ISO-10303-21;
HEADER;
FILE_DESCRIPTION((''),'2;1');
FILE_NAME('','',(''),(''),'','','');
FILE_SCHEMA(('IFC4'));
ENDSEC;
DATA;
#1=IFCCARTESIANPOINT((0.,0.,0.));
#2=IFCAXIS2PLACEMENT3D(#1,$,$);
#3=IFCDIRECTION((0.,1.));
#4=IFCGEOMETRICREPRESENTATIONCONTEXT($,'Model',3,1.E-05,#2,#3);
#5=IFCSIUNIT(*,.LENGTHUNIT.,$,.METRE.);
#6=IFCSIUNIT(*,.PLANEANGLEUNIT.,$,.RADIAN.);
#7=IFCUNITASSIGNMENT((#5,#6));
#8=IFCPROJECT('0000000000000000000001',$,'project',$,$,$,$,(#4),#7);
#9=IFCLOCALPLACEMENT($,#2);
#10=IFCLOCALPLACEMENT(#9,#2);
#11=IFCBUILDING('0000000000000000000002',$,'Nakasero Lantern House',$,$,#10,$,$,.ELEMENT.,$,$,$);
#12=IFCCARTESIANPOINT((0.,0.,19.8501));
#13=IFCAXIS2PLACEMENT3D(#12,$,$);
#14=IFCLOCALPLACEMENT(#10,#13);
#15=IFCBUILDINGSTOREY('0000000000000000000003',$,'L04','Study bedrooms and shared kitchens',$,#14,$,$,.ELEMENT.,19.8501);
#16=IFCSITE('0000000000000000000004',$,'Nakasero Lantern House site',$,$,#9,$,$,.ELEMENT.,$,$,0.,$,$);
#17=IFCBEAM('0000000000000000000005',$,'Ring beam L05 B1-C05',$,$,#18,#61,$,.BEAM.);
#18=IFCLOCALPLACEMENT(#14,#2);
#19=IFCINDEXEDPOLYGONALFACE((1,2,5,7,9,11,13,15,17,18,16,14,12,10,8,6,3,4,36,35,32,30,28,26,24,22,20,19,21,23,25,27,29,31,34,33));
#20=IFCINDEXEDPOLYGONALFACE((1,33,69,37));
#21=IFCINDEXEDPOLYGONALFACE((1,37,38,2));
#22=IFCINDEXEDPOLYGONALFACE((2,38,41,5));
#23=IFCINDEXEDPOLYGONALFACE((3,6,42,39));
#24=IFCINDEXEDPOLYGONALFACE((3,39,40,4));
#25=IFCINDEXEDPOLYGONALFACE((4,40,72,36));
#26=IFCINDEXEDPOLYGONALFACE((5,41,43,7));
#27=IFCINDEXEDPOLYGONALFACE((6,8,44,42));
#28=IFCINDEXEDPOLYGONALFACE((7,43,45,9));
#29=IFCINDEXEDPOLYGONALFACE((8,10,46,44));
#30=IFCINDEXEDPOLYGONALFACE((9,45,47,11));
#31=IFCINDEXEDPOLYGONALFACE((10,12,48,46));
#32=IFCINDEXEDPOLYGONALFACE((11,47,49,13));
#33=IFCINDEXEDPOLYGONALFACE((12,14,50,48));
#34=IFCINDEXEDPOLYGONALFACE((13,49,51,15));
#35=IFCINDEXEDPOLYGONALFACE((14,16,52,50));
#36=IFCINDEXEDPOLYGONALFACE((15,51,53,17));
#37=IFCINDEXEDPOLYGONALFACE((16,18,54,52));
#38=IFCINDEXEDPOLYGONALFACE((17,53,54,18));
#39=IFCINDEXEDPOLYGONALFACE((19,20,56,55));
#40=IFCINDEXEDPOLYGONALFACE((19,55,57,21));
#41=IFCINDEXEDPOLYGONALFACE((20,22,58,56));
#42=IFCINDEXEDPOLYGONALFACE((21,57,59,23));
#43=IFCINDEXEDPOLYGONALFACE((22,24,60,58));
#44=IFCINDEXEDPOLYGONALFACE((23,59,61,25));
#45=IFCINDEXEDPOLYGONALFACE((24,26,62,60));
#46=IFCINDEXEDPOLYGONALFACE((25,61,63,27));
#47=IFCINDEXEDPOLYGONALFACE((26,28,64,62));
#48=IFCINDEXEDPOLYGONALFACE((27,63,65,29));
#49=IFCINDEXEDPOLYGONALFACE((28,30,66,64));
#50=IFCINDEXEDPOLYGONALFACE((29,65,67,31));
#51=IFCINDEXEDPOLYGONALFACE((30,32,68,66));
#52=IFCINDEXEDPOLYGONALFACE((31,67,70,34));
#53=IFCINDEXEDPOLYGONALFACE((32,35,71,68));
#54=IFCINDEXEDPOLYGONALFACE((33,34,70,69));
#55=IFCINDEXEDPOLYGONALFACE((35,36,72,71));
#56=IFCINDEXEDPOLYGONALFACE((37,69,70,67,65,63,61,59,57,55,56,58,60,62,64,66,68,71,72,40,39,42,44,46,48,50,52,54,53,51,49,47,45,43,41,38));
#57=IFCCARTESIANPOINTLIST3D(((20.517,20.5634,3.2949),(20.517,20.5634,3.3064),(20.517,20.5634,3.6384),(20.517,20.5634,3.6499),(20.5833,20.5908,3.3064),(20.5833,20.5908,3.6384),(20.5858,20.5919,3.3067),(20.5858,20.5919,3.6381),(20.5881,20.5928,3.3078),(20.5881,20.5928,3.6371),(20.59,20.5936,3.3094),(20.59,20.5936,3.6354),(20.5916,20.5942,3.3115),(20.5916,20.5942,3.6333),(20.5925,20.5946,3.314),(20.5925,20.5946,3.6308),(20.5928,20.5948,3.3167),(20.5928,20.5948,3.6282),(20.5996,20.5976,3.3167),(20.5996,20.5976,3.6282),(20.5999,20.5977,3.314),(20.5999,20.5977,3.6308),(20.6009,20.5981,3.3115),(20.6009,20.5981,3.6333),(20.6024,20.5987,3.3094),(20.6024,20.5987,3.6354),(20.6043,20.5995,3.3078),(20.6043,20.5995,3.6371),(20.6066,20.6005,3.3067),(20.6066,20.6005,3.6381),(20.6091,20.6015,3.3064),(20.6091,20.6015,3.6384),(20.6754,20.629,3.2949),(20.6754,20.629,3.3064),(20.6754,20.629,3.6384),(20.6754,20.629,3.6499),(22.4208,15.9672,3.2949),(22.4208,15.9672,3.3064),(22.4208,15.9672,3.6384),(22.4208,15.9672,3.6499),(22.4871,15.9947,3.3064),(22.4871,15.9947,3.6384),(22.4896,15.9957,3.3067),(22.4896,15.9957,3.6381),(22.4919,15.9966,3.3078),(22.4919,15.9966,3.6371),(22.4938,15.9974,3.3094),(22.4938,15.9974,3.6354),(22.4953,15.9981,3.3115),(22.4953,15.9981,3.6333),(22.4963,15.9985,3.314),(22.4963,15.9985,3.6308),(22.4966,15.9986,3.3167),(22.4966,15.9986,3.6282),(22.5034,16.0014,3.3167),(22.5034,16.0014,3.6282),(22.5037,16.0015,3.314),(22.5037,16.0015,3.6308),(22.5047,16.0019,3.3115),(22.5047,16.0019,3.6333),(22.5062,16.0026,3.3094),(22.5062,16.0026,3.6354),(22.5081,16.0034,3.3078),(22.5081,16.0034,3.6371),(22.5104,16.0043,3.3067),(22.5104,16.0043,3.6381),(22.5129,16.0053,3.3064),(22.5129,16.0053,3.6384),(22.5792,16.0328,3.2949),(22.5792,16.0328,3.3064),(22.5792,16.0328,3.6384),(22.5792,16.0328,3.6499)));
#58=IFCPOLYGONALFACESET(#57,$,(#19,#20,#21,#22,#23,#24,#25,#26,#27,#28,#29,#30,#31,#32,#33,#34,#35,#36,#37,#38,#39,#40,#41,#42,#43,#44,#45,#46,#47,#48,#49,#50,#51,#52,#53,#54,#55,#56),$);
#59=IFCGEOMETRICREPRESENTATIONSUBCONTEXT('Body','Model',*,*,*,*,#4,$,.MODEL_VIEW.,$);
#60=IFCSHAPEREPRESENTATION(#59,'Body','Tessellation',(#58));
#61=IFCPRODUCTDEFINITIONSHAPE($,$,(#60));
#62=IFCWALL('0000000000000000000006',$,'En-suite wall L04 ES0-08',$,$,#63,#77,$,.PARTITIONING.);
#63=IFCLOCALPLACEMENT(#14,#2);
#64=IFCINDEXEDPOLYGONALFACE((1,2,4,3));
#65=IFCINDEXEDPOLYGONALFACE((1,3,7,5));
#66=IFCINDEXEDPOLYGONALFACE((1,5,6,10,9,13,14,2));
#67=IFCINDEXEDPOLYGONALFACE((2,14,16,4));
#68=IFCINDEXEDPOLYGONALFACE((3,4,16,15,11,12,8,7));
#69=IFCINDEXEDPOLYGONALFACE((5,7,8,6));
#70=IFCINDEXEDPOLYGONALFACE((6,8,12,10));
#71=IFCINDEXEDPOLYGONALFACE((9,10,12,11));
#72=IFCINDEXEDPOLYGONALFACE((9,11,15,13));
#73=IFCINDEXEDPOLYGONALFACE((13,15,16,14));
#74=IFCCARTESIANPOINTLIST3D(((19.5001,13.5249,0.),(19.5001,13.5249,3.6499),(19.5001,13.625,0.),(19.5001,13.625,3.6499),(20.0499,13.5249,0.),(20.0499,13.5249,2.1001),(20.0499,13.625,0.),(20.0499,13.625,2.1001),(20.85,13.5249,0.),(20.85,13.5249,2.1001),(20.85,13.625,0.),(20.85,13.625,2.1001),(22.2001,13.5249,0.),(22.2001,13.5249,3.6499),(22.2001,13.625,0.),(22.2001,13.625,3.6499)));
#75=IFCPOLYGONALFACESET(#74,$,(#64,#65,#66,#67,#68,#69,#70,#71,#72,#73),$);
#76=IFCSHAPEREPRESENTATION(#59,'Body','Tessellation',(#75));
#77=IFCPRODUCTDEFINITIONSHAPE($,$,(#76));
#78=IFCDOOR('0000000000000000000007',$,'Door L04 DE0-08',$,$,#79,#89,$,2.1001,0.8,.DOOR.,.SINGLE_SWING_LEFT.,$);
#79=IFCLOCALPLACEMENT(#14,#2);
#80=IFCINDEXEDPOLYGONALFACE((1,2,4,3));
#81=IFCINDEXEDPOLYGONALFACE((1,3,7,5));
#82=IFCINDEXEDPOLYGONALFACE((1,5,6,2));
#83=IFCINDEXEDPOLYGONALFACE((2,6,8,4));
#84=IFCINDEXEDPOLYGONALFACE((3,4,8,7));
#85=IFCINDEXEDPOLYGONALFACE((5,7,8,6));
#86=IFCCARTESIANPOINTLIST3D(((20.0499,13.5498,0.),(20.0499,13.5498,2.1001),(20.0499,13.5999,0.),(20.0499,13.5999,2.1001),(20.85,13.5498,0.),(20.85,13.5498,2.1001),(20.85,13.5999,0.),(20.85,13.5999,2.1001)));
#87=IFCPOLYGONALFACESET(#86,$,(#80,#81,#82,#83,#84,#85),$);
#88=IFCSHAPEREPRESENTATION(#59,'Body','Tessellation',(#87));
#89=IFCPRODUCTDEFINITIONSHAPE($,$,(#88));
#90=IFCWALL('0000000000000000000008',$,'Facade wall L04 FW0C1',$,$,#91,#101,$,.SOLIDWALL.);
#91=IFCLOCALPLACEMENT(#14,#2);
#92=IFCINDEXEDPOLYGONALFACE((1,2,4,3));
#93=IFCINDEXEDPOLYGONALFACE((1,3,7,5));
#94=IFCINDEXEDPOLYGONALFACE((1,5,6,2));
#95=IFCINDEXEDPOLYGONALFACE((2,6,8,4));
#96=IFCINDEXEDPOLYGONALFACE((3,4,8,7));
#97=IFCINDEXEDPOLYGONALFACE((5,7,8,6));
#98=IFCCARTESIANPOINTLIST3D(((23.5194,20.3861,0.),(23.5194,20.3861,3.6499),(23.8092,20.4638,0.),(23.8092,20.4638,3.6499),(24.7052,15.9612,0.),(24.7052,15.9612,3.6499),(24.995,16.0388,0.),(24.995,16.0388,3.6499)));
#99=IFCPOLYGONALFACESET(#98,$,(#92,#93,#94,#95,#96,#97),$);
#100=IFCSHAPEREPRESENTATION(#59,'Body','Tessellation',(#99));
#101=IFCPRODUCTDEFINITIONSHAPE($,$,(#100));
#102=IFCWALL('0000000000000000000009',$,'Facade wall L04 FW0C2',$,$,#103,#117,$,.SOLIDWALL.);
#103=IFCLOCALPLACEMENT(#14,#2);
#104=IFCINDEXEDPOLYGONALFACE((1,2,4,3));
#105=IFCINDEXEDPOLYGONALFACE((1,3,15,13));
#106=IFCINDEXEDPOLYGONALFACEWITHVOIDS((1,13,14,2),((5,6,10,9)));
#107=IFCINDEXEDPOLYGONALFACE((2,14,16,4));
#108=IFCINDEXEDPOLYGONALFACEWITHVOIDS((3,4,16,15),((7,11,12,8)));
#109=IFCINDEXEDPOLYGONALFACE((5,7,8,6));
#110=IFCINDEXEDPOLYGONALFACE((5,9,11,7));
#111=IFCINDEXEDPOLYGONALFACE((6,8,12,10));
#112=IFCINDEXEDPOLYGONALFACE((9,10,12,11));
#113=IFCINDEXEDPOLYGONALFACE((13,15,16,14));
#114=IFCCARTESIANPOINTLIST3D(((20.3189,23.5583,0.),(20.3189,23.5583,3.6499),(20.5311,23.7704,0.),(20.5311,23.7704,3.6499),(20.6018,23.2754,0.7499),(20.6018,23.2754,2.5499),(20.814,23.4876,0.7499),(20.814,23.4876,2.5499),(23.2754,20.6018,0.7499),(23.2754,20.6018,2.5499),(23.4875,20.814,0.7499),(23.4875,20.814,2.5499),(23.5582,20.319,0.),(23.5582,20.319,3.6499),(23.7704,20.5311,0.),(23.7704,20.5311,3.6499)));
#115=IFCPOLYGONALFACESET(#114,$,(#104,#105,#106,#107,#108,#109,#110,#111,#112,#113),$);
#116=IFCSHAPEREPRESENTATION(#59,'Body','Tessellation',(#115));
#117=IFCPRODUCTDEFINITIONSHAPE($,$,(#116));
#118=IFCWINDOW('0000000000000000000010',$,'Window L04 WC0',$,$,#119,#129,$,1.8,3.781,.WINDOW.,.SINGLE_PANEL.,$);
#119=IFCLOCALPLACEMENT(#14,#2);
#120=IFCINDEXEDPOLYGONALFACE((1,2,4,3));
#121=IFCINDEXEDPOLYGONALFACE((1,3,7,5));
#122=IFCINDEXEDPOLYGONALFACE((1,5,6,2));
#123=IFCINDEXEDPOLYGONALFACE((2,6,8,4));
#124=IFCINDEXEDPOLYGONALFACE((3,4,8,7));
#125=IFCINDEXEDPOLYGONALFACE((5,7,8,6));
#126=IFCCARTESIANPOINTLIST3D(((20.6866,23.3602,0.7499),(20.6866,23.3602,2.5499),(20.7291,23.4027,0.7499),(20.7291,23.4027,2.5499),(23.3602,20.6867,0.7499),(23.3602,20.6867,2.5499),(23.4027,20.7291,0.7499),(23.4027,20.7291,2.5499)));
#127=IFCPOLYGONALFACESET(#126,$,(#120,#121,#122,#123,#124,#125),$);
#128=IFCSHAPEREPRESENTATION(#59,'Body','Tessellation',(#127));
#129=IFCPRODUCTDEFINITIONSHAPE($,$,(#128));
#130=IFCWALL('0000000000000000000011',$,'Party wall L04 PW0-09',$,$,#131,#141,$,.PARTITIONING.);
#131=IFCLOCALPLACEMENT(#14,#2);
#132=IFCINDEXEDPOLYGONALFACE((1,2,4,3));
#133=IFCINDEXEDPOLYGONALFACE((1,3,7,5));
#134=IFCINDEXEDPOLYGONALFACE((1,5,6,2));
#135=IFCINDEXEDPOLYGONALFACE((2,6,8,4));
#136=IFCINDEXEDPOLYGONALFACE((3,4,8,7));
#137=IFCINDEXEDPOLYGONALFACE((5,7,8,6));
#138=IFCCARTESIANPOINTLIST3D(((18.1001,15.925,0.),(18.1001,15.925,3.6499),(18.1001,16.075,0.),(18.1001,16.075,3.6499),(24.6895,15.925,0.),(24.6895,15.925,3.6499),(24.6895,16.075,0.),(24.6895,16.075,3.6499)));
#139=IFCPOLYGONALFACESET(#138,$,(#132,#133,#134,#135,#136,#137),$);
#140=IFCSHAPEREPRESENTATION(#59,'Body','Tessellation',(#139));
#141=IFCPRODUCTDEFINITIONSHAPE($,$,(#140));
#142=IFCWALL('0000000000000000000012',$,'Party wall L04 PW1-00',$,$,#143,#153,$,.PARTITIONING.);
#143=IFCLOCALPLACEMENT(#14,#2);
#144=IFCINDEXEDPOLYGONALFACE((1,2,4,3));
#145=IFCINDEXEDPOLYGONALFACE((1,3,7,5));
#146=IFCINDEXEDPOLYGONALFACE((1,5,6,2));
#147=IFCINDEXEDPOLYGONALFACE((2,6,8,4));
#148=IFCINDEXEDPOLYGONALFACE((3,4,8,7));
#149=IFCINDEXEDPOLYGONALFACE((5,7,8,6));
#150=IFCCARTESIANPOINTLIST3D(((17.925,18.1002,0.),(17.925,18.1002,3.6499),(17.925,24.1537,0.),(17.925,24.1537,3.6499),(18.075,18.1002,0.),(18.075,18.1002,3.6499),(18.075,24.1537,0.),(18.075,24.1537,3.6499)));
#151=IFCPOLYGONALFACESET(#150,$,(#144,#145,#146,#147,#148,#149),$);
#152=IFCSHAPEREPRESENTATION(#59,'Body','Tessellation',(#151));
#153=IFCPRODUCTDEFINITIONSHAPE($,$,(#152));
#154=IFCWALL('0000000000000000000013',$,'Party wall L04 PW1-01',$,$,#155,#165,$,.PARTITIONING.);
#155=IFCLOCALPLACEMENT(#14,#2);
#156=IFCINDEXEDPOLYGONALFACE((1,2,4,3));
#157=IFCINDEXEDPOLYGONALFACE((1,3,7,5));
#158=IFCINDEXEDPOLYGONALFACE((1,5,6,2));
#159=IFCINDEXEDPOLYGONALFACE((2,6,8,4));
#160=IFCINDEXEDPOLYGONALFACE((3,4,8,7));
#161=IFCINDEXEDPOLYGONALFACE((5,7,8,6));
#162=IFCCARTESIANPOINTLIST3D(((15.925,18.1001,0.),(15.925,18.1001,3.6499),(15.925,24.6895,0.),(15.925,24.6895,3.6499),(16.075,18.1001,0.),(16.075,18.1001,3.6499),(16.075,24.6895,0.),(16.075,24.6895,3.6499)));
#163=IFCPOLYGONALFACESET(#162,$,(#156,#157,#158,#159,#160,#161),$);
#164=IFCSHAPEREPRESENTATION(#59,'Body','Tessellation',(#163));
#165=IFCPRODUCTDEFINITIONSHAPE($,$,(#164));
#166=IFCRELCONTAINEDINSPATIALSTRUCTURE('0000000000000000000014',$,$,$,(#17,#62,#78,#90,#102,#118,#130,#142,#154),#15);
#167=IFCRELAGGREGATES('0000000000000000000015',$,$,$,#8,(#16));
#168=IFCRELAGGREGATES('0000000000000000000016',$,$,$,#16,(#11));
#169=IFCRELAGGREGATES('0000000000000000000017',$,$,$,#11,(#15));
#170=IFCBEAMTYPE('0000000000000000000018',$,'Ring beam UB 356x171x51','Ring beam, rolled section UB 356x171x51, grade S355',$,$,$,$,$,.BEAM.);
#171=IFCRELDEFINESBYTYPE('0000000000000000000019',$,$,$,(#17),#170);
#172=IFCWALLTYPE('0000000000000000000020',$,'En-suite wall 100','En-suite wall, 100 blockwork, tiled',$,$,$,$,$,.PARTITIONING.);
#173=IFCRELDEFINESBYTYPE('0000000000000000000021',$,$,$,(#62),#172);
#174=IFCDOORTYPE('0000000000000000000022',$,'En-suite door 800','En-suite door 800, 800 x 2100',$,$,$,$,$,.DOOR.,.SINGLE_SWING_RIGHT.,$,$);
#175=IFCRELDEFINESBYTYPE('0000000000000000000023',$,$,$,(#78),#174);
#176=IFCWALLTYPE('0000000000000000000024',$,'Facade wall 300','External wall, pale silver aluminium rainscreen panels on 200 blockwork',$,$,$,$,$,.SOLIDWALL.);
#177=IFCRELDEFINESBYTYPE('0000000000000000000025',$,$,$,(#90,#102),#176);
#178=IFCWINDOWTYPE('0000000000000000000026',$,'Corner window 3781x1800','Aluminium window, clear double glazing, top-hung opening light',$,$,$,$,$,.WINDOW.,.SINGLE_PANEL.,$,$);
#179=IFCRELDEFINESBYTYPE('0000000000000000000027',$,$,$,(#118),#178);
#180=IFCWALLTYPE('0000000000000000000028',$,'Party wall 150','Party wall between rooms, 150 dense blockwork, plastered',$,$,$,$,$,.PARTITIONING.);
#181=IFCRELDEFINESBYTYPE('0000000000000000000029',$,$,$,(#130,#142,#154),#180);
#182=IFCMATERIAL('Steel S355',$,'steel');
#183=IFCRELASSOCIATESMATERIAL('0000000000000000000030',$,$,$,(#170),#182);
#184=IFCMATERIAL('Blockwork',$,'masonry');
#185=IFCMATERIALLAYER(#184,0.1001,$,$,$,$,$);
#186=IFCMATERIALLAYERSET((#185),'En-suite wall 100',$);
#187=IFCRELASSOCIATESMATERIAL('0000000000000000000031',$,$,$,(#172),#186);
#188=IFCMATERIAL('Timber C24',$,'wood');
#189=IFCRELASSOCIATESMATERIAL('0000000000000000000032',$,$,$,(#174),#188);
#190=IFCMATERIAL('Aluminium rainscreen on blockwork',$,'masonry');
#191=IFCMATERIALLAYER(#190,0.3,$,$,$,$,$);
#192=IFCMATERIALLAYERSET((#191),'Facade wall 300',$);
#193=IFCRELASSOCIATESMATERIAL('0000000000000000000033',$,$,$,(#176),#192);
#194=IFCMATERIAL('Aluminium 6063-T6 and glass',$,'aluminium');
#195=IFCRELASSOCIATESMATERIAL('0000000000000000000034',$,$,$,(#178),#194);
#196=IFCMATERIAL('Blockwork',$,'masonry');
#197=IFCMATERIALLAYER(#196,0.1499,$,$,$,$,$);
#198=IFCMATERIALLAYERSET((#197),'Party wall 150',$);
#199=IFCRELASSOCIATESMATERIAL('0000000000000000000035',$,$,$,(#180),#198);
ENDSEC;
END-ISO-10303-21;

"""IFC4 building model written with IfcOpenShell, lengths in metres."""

from ifc_helpers import new_model, si_unit, direction, frame, frame_2d, origin, origin_2d, place, context, subcontext, project, spatial, rectangle, i_section, extrude, material, layer, layer_set, material_profile, profile_set, type_object, element, fill, save


model = new_model("IFC4")

# Units and contexts
model_context = context("Model", 3, precision=1e-05, world=origin(), true_north=direction((0.0, 1.0)))
body_context = subcontext(model_context, "Body", "Model", "MODEL_VIEW")
ifc_project = project(units=[si_unit("LENGTHUNIT", "METRE"), si_unit("PLANEANGLEUNIT", "RADIAN")], contexts=[model_context])

# Site, building, storey
site_placement = place(None, origin())
site = spatial("IfcSite", under=ifc_project, at=site_placement, Name="Nakasero Lantern House site", CompositionType="ELEMENT", RefElevation=0.0)
building_placement = place(site_placement, origin())
building = spatial("IfcBuilding", under=site, at=building_placement, Name="Nakasero Lantern House", CompositionType="ELEMENT")
storey_placement = place(building_placement, frame((0.0, 0.0, 19.8501)))
storey = spatial("IfcBuildingStorey", under=building, at=storey_placement, Name="L04", Description="Study bedrooms and shared kitchens", CompositionType="ELEMENT", Elevation=19.8501)

# Beam
ifc_material_1 = material(Name="Steel S355", Category="steel")
ifc_material_profile_1 = material_profile(ifc_material_1, i_section(OverallWidth=0.1714, OverallDepth=0.355, WebThickness=0.0073, FlangeThickness=0.0115, FilletRadius=0.0103, at=origin_2d()), Name="UB 356x171x51")
ifc_profile_set_1 = profile_set([ifc_material_profile_1], Name="Steel S355")
beam_type_1 = type_object("IfcBeamType", Name="Ring beam UB 356x171x51", Description="Ring beam, rolled section UB 356x171x51, grade S355", PredefinedType="BEAM", material=ifc_profile_set_1)
beam_1_placement = place(storey_placement, frame((22.5, 16.0, 3.4724), z_axis=(-0.382684, 0.923879, 0.0), x_axis=(-0.923879, -0.382684, 0.0)))
element("IfcBeam", 1, at=beam_1_placement, inside=storey, type_object=beam_type_1, Name="Ring beam L05 B1-C05", PredefinedType="BEAM", context=body_context, shape_type="SweptSolid", body=[
    extrude(i_section(OverallWidth=0.1714, OverallDepth=0.355, WebThickness=0.0073, FlangeThickness=0.0115, FilletRadius=0.0103, at=origin_2d()), origin(), (0.0, 0.0, 1.0), 4.9749),
])

# Wall, opening, door
ifc_material_2 = material(Name="Blockwork", Category="masonry")
ifc_layer_1 = layer(ifc_material_2, 0.1001)
ifc_layer_set_1 = layer_set([ifc_layer_1], Name="En-suite wall 100")
wall_type_1 = type_object("IfcWallType", Name="En-suite wall 100", Description="En-suite wall, 100 blockwork, tiled", PredefinedType="PARTITIONING", material=ifc_layer_set_1)
wall_1_placement = place(storey_placement, frame((19.5, 13.575, 0.0), z_axis=(0.0, 0.0, 1.0), x_axis=(1.0, 0.0, 0.0)))
wall_1 = element("IfcWall", 2, at=wall_1_placement, inside=storey, type_object=wall_type_1, Name="En-suite wall L04 ES0-08", PredefinedType="PARTITIONING", context=body_context, shape_type="SweptSolid", body=[
    extrude(rectangle(XDim=2.7, YDim=0.1001, at=frame_2d((1.3501, 0.0))), origin(), (0.0, 0.0, 1.0), 3.6499),
])
opening_1_placement = place(wall_1_placement, frame((0.55, 0.0, 0.0)))
opening_1 = element("IfcOpeningElement", 3, at=opening_1_placement, cuts=wall_1, PredefinedType="OPENING", context=body_context, shape_type="SweptSolid", body=[
    extrude(rectangle(XDim=0.8, YDim=2.1001, at=frame_2d((0.3999, 1.05))), frame((0.0, 0.0701, 0.0), z_axis=(0.0, -1.0, 0.0), x_axis=(1.0, 0.0, 0.0)), (0.0, 0.0, 1.0), 0.1401),
])
ifc_material_3 = material(Name="Timber C24", Category="wood")
door_type_1 = type_object("IfcDoorType", Name="En-suite door 800", Description="En-suite door 800, 800 x 2100", OperationType="SINGLE_SWING_RIGHT", PredefinedType="DOOR", material=ifc_material_3)
door_1_placement = place(opening_1_placement, origin())
door_1 = element("IfcDoor", 4, at=door_1_placement, inside=storey, type_object=door_type_1, Name="Door L04 DE0-08", OperationType="SINGLE_SWING_LEFT", OverallHeight=2.1001, OverallWidth=0.8, PredefinedType="DOOR", context=body_context, shape_type="SweptSolid", body=[
    extrude(rectangle(XDim=0.8, YDim=2.1001, at=frame_2d((0.3999, 1.05))), frame((0.0, 0.0249, 0.0), z_axis=(0.0, -1.0, 0.0), x_axis=(1.0, 0.0, 0.0)), (0.0, 0.0, 1.0), 0.05),
])
fill(opening_1, door_1)

# Wall
ifc_material_4 = material(Name="Aluminium rainscreen on blockwork", Category="masonry")
ifc_layer_2 = layer(ifc_material_4, 0.3)
ifc_layer_set_2 = layer_set([ifc_layer_2], Name="Facade wall 300")
wall_type_2 = type_object("IfcWallType", Name="Facade wall 300", Description="External wall, pale silver aluminium rainscreen panels on 200 blockwork", PredefinedType="SOLIDWALL", material=ifc_layer_set_2)
wall_2_placement = place(storey_placement, frame((24.8501, 16.0, 0.0), z_axis=(0.0, 0.0, 1.0), x_axis=(-0.25884, 0.96592, 0.0)))
element("IfcWall", 5, at=wall_2_placement, inside=storey, type_object=wall_type_2, Name="Facade wall L04 FW0C1", PredefinedType="SOLIDWALL", context=body_context, shape_type="SweptSolid", body=[
    extrude(rectangle(XDim=4.5811, YDim=0.3, at=frame_2d((2.2905, 0.0))), origin(), (0.0, 0.0, 1.0), 3.6499),
])

# Wall, opening, window
wall_3_placement = place(storey_placement, frame((23.6643, 20.425, 0.0), z_axis=(0.0, 0.0, 1.0), x_axis=(-0.707107, 0.707107, 0.0)))
wall_3 = element("IfcWall", 6, at=wall_3_placement, inside=storey, type_object=wall_type_2, Name="Facade wall L04 FW0C2", PredefinedType="SOLIDWALL", context=body_context, shape_type="SweptSolid", body=[
    extrude(rectangle(XDim=4.5811, YDim=0.3, at=frame_2d((2.2905, 0.0))), origin(), (0.0, 0.0, 1.0), 3.6499),
])
opening_2_placement = place(wall_3_placement, frame((0.3999, 0.0, 0.75)))
opening_2 = element("IfcOpeningElement", 7, at=opening_2_placement, cuts=wall_3, PredefinedType="OPENING", context=body_context, shape_type="SweptSolid", body=[
    extrude(rectangle(XDim=3.781, YDim=1.8, at=frame_2d((1.8906, 0.8999))), frame((0.0, 0.1699, 0.0), z_axis=(0.0, -1.0, 0.0), x_axis=(1.0, 0.0, 0.0)), (0.0, 0.0, 1.0), 0.3401),
])
ifc_material_5 = material(Name="Aluminium 6063-T6 and glass", Category="aluminium")
window_type = type_object("IfcWindowType", Name="Corner window 3781x1800", Description="Aluminium window, clear double glazing, top-hung opening light", PartitioningType="SINGLE_PANEL", PredefinedType="WINDOW", material=ifc_material_5)
window_placement = place(opening_2_placement, origin())
window = element("IfcWindow", 8, at=window_placement, inside=storey, type_object=window_type, Name="Window L04 WC0", OverallHeight=1.8, OverallWidth=3.781, PartitioningType="SINGLE_PANEL", PredefinedType="WINDOW", context=body_context, shape_type="SweptSolid", body=[
    extrude(rectangle(XDim=3.781, YDim=1.8, at=frame_2d((1.8906, 0.8999))), frame((0.0, 0.03, 0.0), z_axis=(0.0, -1.0, 0.0), x_axis=(1.0, 0.0, 0.0)), (0.0, 0.0, 1.0), 0.0601),
])
fill(opening_2, window)

# Walls
ifc_material_6 = material(Name="Blockwork", Category="masonry")
ifc_layer_3 = layer(ifc_material_6, 0.1499)
ifc_layer_set_3 = layer_set([ifc_layer_3], Name="Party wall 150")
wall_type_3 = type_object("IfcWallType", Name="Party wall 150", Description="Party wall between rooms, 150 dense blockwork, plastered", PredefinedType="PARTITIONING", material=ifc_layer_set_3)
wall_4_placement = place(storey_placement, frame((18.1001, 16.0, 0.0), z_axis=(0.0, 0.0, 1.0), x_axis=(1.0, 0.0, 0.0)))
element("IfcWall", 9, at=wall_4_placement, inside=storey, type_object=wall_type_3, Name="Party wall L04 PW0-09", PredefinedType="PARTITIONING", context=body_context, shape_type="SweptSolid", body=[
    extrude(rectangle(XDim=6.5894, YDim=0.1499, at=frame_2d((3.2947, 0.0))), origin(), (0.0, 0.0, 1.0), 3.6499),
])
wall_5_placement = place(storey_placement, frame((18.0, 18.1001, 0.0), z_axis=(0.0, 0.0, 1.0), x_axis=(0.0, 1.0, 0.0)))
element("IfcWall", 10, at=wall_5_placement, inside=storey, type_object=wall_type_3, Name="Party wall L04 PW1-00", PredefinedType="PARTITIONING", context=body_context, shape_type="SweptSolid", body=[
    extrude(rectangle(XDim=6.0535, YDim=0.1499, at=frame_2d((3.0269, 0.0))), origin(), (0.0, 0.0, 1.0), 3.6499),
])
wall_6_placement = place(storey_placement, frame((16.0, 18.1001, 0.0), z_axis=(0.0, 0.0, 1.0), x_axis=(0.0, 1.0, 0.0)))
element("IfcWall", 11, at=wall_6_placement, inside=storey, type_object=wall_type_3, Name="Party wall L04 PW1-01", PredefinedType="PARTITIONING", context=body_context, shape_type="SweptSolid", body=[
    extrude(rectangle(XDim=6.5894, YDim=0.1499, at=frame_2d((3.2947, 0.0))), origin(), (0.0, 0.0, 1.0), 3.6499),
])

save(model, "model.ifc")
